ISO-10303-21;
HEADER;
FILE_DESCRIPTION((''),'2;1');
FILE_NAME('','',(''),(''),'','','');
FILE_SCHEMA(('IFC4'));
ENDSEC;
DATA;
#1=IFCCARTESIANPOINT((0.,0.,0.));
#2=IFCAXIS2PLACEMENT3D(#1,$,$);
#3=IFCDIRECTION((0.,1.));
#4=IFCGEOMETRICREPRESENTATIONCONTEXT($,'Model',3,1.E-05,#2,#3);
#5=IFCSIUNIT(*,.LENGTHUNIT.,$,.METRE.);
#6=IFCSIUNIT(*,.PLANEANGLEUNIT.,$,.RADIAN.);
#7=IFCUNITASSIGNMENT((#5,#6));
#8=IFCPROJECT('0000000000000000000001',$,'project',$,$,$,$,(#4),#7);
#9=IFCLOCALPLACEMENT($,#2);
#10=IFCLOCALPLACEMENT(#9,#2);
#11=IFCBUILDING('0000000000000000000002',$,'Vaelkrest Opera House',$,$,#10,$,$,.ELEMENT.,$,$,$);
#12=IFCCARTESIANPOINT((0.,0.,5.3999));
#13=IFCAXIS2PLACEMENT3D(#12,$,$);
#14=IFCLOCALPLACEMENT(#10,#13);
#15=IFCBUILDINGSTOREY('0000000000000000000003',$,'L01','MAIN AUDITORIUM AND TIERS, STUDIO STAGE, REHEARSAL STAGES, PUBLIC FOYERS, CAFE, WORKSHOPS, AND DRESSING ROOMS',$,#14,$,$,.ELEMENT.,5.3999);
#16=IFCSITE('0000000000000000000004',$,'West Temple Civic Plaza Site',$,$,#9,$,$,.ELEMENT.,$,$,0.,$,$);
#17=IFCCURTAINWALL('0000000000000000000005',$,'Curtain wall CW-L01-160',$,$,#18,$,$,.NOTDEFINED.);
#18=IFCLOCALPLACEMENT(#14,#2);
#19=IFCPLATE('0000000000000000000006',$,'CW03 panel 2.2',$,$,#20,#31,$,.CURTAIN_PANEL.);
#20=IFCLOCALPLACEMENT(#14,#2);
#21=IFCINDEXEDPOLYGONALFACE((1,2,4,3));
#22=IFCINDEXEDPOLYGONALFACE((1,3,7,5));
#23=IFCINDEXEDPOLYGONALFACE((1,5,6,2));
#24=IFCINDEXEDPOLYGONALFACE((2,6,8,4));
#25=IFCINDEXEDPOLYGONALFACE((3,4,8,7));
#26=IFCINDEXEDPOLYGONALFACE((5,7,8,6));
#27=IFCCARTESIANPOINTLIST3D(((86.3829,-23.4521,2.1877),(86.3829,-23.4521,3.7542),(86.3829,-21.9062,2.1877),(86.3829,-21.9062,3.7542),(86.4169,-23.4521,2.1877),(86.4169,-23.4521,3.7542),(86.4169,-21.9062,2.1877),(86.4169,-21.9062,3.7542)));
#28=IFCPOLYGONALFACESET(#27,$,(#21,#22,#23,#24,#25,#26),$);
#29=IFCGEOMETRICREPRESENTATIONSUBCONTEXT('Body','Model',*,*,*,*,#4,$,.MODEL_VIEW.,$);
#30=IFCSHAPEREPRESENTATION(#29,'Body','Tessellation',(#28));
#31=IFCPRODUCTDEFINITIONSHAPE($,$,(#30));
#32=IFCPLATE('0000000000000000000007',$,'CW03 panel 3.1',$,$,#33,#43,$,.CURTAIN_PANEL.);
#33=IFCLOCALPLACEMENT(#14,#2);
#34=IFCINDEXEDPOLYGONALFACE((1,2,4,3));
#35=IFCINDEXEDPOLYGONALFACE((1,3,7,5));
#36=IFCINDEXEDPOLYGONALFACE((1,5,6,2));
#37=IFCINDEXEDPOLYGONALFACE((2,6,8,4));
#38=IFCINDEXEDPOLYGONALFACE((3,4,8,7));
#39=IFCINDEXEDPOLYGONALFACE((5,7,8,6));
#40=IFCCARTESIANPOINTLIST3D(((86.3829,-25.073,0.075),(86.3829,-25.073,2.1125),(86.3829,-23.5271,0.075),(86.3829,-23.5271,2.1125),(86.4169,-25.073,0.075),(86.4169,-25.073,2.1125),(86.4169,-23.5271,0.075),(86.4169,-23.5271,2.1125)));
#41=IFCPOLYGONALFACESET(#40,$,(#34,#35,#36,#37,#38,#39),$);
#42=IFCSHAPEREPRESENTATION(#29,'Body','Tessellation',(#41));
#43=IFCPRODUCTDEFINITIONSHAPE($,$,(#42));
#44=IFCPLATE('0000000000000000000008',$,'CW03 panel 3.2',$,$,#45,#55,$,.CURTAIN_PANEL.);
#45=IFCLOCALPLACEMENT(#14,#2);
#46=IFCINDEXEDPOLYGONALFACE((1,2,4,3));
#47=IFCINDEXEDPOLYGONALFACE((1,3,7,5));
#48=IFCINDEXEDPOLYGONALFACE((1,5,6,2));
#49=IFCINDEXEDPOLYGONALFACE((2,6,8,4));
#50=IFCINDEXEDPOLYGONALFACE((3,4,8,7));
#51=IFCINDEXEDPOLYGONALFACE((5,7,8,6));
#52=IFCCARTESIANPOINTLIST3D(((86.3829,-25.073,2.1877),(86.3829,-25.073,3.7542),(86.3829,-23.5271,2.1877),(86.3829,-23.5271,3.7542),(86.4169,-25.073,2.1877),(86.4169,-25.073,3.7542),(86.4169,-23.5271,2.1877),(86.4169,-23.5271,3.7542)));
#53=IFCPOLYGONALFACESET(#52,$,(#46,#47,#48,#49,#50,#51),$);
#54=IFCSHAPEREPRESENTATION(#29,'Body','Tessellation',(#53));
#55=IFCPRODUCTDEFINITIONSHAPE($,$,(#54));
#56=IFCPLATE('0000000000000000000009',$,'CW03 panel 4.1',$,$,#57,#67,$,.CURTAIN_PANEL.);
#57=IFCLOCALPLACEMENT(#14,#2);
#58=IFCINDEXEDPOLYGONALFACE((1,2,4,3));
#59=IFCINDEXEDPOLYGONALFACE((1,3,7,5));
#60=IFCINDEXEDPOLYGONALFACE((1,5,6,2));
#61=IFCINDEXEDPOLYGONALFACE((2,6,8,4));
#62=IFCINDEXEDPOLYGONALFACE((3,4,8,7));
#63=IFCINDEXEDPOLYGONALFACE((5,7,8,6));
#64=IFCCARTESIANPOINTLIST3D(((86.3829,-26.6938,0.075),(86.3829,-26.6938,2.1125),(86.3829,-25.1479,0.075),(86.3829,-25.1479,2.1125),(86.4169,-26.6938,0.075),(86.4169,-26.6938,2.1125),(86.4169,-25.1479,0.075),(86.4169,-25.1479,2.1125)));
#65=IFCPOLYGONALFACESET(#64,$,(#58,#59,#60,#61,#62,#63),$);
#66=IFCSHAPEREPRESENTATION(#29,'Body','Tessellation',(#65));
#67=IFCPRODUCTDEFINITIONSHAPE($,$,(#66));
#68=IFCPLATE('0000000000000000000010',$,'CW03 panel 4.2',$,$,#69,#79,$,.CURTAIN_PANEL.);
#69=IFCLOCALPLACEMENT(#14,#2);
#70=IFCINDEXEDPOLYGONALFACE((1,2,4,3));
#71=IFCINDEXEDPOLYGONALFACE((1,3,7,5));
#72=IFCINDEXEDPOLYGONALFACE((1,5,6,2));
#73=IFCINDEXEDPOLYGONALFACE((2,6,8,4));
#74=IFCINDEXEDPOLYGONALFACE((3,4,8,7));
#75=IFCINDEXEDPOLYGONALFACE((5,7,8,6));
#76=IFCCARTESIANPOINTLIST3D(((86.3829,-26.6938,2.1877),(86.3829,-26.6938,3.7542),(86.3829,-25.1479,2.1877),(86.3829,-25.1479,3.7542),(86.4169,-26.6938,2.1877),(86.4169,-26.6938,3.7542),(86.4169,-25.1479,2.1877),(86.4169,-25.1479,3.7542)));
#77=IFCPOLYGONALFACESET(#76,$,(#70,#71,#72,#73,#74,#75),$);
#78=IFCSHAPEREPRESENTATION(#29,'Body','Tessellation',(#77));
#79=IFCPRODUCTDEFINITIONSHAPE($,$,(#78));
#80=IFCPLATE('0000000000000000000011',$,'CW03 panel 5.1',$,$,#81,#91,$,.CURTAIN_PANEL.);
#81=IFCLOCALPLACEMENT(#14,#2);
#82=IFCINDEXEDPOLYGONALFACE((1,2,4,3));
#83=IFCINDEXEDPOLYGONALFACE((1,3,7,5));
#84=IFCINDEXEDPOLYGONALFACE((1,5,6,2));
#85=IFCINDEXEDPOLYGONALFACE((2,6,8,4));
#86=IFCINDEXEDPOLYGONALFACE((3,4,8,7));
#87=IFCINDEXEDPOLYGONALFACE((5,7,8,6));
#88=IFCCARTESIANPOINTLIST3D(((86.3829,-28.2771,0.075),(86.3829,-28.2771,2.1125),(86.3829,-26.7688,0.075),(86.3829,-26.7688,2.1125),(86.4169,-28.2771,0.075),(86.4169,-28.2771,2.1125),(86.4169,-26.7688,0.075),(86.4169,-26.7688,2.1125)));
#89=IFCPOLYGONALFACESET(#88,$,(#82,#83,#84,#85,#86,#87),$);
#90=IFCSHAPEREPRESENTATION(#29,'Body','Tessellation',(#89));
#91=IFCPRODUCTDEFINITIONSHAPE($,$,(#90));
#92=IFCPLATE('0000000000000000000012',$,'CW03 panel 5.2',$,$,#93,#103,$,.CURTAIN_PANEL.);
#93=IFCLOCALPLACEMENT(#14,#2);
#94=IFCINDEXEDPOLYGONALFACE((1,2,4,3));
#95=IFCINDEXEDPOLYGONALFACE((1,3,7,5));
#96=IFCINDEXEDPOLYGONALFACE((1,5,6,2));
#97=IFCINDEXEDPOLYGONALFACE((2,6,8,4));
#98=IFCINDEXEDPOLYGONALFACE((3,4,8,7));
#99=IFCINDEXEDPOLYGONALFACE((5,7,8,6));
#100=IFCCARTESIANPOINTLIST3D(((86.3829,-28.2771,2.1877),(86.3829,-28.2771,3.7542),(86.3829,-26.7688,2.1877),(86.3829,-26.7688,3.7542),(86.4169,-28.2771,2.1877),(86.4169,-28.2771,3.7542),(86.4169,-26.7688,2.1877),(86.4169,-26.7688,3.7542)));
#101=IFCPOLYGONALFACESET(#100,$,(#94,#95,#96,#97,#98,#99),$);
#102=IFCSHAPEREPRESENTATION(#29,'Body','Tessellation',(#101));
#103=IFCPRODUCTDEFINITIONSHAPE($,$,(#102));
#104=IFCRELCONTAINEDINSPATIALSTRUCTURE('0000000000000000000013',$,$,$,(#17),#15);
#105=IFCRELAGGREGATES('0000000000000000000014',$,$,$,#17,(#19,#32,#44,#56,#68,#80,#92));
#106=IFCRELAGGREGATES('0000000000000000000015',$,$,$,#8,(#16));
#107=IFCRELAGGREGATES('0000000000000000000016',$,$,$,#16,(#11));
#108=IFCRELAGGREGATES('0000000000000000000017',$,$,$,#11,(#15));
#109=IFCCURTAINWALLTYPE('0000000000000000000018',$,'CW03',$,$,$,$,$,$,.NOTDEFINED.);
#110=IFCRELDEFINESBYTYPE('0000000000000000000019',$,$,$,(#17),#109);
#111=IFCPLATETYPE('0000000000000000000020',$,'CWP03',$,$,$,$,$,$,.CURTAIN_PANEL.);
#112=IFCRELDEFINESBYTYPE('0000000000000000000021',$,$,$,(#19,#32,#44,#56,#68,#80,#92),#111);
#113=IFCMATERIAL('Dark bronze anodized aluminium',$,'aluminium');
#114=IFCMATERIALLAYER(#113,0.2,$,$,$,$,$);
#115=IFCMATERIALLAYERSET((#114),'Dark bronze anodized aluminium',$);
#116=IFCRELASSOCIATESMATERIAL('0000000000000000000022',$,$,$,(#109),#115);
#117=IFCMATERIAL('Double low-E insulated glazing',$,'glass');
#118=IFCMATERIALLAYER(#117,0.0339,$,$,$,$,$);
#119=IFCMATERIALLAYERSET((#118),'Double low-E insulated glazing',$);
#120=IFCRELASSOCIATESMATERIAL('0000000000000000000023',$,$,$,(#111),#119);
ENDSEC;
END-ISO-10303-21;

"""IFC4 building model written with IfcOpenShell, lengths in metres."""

from ifc_helpers import new_model, si_unit, direction, frame, origin, origin_2d, place, context, subcontext, project, spatial, rectangle, extrude, material, layer, layer_set, type_object, element, aggregate, save


model = new_model("IFC4")

# Units and contexts
model_context = context("Model", 3, precision=1e-05, world=origin(), true_north=direction((0.0, 1.0)))
body_context = subcontext(model_context, "Body", "Model", "MODEL_VIEW")
ifc_project = project(units=[si_unit("LENGTHUNIT", "METRE"), si_unit("PLANEANGLEUNIT", "RADIAN")], contexts=[model_context])

# Site, building, storey
site_placement = place(None, origin())
site = spatial("IfcSite", under=ifc_project, at=site_placement, Name="West Temple Civic Plaza Site", CompositionType="ELEMENT", RefElevation=0.0)
building_placement = place(site_placement, origin())
building = spatial("IfcBuilding", under=site, at=building_placement, Name="Vaelkrest Opera House", CompositionType="ELEMENT")
storey_placement = place(building_placement, frame((0.0, 0.0, 5.3999)))
storey = spatial("IfcBuildingStorey", under=building, at=storey_placement, Name="L01", Description="MAIN AUDITORIUM AND TIERS, STUDIO STAGE, REHEARSAL STAGES, PUBLIC FOYERS, CAFE, WORKSHOPS, AND DRESSING ROOMS", CompositionType="ELEMENT", Elevation=5.3999)

# Curtain wall
ifc_material_1 = material(Name="Dark bronze anodized aluminium", Category="aluminium")
ifc_layer_1 = layer(ifc_material_1, 0.2)
ifc_layer_set_1 = layer_set([ifc_layer_1], Name="Dark bronze anodized aluminium")
curtain_wall_type = type_object("IfcCurtainWallType", Name="CW03", PredefinedType="NOTDEFINED", material=ifc_layer_set_1)
curtain_wall_placement = place(storey_placement, origin())
curtain_wall = element("IfcCurtainWall", 1, at=curtain_wall_placement, inside=storey, type_object=curtain_wall_type, Name="Curtain wall CW-L01-160", PredefinedType="NOTDEFINED")

# Plates
ifc_material_2 = material(Name="Double low-E insulated glazing", Category="glass")
ifc_layer_2 = layer(ifc_material_2, 0.0339)
ifc_layer_set_2 = layer_set([ifc_layer_2], Name="Double low-E insulated glazing")
plate_type = type_object("IfcPlateType", Name="CWP03", PredefinedType="CURTAIN_PANEL", material=ifc_layer_set_2)
plate_1_placement = place(storey_placement, frame((86.3999, -22.6792, 2.1877), z_axis=(0.0, 0.0, 1.0), x_axis=(0.0, -1.0, 0.0)))
plate_1 = element("IfcPlate", 2, at=plate_1_placement, type_object=plate_type, Name="CW03 panel 2.2", PredefinedType="CURTAIN_PANEL", context=body_context, shape_type="SweptSolid", body=[
    extrude(rectangle(XDim=1.5459, YDim=0.0339, at=origin_2d()), origin(), (0.0, 0.0, 1.0), 1.5664),
])
plate_2_placement = place(storey_placement, frame((86.3999, -24.3, 0.075), z_axis=(0.0, 0.0, 1.0), x_axis=(0.0, -1.0, 0.0)))
plate_2 = element("IfcPlate", 3, at=plate_2_placement, type_object=plate_type, Name="CW03 panel 3.1", PredefinedType="CURTAIN_PANEL", context=body_context, shape_type="SweptSolid", body=[
    extrude(rectangle(XDim=1.5459, YDim=0.0339, at=origin_2d()), origin(), (0.0, 0.0, 1.0), 2.0376),
])
plate_3_placement = place(storey_placement, frame((86.3999, -24.3, 2.1877), z_axis=(0.0, 0.0, 1.0), x_axis=(0.0, -1.0, 0.0)))
plate_3 = element("IfcPlate", 4, at=plate_3_placement, type_object=plate_type, Name="CW03 panel 3.2", PredefinedType="CURTAIN_PANEL", context=body_context, shape_type="SweptSolid", body=[
    extrude(rectangle(XDim=1.5459, YDim=0.0339, at=origin_2d()), origin(), (0.0, 0.0, 1.0), 1.5664),
])
plate_4_placement = place(storey_placement, frame((86.3999, -25.9209, 0.075), z_axis=(0.0, 0.0, 1.0), x_axis=(0.0, -1.0, 0.0)))
plate_4 = element("IfcPlate", 5, at=plate_4_placement, type_object=plate_type, Name="CW03 panel 4.1", PredefinedType="CURTAIN_PANEL", context=body_context, shape_type="SweptSolid", body=[
    extrude(rectangle(XDim=1.5459, YDim=0.0339, at=origin_2d()), origin(), (0.0, 0.0, 1.0), 2.0376),
])
plate_5_placement = place(storey_placement, frame((86.3999, -25.9209, 2.1877), z_axis=(0.0, 0.0, 1.0), x_axis=(0.0, -1.0, 0.0)))
plate_5 = element("IfcPlate", 6, at=plate_5_placement, type_object=plate_type, Name="CW03 panel 4.2", PredefinedType="CURTAIN_PANEL", context=body_context, shape_type="SweptSolid", body=[
    extrude(rectangle(XDim=1.5459, YDim=0.0339, at=origin_2d()), origin(), (0.0, 0.0, 1.0), 1.5664),
])
plate_6_placement = place(storey_placement, frame((86.3999, -27.5229, 0.075), z_axis=(0.0, 0.0, 1.0), x_axis=(0.0, -1.0, 0.0)))
plate_6 = element("IfcPlate", 7, at=plate_6_placement, type_object=plate_type, Name="CW03 panel 5.1", PredefinedType="CURTAIN_PANEL", context=body_context, shape_type="SweptSolid", body=[
    extrude(rectangle(XDim=1.5083, YDim=0.0339, at=origin_2d()), origin(), (0.0, 0.0, 1.0), 2.0376),
])
plate_7_placement = place(storey_placement, frame((86.3999, -27.5229, 2.1877), z_axis=(0.0, 0.0, 1.0), x_axis=(0.0, -1.0, 0.0)))
plate_7 = element("IfcPlate", 8, at=plate_7_placement, type_object=plate_type, Name="CW03 panel 5.2", PredefinedType="CURTAIN_PANEL", context=body_context, shape_type="SweptSolid", body=[
    extrude(rectangle(XDim=1.5083, YDim=0.0339, at=origin_2d()), origin(), (0.0, 0.0, 1.0), 1.5664),
])
aggregate(curtain_wall, [plate_1, plate_2, plate_3, plate_4, plate_5, plate_6, plate_7])

save(model, "model.ifc")
